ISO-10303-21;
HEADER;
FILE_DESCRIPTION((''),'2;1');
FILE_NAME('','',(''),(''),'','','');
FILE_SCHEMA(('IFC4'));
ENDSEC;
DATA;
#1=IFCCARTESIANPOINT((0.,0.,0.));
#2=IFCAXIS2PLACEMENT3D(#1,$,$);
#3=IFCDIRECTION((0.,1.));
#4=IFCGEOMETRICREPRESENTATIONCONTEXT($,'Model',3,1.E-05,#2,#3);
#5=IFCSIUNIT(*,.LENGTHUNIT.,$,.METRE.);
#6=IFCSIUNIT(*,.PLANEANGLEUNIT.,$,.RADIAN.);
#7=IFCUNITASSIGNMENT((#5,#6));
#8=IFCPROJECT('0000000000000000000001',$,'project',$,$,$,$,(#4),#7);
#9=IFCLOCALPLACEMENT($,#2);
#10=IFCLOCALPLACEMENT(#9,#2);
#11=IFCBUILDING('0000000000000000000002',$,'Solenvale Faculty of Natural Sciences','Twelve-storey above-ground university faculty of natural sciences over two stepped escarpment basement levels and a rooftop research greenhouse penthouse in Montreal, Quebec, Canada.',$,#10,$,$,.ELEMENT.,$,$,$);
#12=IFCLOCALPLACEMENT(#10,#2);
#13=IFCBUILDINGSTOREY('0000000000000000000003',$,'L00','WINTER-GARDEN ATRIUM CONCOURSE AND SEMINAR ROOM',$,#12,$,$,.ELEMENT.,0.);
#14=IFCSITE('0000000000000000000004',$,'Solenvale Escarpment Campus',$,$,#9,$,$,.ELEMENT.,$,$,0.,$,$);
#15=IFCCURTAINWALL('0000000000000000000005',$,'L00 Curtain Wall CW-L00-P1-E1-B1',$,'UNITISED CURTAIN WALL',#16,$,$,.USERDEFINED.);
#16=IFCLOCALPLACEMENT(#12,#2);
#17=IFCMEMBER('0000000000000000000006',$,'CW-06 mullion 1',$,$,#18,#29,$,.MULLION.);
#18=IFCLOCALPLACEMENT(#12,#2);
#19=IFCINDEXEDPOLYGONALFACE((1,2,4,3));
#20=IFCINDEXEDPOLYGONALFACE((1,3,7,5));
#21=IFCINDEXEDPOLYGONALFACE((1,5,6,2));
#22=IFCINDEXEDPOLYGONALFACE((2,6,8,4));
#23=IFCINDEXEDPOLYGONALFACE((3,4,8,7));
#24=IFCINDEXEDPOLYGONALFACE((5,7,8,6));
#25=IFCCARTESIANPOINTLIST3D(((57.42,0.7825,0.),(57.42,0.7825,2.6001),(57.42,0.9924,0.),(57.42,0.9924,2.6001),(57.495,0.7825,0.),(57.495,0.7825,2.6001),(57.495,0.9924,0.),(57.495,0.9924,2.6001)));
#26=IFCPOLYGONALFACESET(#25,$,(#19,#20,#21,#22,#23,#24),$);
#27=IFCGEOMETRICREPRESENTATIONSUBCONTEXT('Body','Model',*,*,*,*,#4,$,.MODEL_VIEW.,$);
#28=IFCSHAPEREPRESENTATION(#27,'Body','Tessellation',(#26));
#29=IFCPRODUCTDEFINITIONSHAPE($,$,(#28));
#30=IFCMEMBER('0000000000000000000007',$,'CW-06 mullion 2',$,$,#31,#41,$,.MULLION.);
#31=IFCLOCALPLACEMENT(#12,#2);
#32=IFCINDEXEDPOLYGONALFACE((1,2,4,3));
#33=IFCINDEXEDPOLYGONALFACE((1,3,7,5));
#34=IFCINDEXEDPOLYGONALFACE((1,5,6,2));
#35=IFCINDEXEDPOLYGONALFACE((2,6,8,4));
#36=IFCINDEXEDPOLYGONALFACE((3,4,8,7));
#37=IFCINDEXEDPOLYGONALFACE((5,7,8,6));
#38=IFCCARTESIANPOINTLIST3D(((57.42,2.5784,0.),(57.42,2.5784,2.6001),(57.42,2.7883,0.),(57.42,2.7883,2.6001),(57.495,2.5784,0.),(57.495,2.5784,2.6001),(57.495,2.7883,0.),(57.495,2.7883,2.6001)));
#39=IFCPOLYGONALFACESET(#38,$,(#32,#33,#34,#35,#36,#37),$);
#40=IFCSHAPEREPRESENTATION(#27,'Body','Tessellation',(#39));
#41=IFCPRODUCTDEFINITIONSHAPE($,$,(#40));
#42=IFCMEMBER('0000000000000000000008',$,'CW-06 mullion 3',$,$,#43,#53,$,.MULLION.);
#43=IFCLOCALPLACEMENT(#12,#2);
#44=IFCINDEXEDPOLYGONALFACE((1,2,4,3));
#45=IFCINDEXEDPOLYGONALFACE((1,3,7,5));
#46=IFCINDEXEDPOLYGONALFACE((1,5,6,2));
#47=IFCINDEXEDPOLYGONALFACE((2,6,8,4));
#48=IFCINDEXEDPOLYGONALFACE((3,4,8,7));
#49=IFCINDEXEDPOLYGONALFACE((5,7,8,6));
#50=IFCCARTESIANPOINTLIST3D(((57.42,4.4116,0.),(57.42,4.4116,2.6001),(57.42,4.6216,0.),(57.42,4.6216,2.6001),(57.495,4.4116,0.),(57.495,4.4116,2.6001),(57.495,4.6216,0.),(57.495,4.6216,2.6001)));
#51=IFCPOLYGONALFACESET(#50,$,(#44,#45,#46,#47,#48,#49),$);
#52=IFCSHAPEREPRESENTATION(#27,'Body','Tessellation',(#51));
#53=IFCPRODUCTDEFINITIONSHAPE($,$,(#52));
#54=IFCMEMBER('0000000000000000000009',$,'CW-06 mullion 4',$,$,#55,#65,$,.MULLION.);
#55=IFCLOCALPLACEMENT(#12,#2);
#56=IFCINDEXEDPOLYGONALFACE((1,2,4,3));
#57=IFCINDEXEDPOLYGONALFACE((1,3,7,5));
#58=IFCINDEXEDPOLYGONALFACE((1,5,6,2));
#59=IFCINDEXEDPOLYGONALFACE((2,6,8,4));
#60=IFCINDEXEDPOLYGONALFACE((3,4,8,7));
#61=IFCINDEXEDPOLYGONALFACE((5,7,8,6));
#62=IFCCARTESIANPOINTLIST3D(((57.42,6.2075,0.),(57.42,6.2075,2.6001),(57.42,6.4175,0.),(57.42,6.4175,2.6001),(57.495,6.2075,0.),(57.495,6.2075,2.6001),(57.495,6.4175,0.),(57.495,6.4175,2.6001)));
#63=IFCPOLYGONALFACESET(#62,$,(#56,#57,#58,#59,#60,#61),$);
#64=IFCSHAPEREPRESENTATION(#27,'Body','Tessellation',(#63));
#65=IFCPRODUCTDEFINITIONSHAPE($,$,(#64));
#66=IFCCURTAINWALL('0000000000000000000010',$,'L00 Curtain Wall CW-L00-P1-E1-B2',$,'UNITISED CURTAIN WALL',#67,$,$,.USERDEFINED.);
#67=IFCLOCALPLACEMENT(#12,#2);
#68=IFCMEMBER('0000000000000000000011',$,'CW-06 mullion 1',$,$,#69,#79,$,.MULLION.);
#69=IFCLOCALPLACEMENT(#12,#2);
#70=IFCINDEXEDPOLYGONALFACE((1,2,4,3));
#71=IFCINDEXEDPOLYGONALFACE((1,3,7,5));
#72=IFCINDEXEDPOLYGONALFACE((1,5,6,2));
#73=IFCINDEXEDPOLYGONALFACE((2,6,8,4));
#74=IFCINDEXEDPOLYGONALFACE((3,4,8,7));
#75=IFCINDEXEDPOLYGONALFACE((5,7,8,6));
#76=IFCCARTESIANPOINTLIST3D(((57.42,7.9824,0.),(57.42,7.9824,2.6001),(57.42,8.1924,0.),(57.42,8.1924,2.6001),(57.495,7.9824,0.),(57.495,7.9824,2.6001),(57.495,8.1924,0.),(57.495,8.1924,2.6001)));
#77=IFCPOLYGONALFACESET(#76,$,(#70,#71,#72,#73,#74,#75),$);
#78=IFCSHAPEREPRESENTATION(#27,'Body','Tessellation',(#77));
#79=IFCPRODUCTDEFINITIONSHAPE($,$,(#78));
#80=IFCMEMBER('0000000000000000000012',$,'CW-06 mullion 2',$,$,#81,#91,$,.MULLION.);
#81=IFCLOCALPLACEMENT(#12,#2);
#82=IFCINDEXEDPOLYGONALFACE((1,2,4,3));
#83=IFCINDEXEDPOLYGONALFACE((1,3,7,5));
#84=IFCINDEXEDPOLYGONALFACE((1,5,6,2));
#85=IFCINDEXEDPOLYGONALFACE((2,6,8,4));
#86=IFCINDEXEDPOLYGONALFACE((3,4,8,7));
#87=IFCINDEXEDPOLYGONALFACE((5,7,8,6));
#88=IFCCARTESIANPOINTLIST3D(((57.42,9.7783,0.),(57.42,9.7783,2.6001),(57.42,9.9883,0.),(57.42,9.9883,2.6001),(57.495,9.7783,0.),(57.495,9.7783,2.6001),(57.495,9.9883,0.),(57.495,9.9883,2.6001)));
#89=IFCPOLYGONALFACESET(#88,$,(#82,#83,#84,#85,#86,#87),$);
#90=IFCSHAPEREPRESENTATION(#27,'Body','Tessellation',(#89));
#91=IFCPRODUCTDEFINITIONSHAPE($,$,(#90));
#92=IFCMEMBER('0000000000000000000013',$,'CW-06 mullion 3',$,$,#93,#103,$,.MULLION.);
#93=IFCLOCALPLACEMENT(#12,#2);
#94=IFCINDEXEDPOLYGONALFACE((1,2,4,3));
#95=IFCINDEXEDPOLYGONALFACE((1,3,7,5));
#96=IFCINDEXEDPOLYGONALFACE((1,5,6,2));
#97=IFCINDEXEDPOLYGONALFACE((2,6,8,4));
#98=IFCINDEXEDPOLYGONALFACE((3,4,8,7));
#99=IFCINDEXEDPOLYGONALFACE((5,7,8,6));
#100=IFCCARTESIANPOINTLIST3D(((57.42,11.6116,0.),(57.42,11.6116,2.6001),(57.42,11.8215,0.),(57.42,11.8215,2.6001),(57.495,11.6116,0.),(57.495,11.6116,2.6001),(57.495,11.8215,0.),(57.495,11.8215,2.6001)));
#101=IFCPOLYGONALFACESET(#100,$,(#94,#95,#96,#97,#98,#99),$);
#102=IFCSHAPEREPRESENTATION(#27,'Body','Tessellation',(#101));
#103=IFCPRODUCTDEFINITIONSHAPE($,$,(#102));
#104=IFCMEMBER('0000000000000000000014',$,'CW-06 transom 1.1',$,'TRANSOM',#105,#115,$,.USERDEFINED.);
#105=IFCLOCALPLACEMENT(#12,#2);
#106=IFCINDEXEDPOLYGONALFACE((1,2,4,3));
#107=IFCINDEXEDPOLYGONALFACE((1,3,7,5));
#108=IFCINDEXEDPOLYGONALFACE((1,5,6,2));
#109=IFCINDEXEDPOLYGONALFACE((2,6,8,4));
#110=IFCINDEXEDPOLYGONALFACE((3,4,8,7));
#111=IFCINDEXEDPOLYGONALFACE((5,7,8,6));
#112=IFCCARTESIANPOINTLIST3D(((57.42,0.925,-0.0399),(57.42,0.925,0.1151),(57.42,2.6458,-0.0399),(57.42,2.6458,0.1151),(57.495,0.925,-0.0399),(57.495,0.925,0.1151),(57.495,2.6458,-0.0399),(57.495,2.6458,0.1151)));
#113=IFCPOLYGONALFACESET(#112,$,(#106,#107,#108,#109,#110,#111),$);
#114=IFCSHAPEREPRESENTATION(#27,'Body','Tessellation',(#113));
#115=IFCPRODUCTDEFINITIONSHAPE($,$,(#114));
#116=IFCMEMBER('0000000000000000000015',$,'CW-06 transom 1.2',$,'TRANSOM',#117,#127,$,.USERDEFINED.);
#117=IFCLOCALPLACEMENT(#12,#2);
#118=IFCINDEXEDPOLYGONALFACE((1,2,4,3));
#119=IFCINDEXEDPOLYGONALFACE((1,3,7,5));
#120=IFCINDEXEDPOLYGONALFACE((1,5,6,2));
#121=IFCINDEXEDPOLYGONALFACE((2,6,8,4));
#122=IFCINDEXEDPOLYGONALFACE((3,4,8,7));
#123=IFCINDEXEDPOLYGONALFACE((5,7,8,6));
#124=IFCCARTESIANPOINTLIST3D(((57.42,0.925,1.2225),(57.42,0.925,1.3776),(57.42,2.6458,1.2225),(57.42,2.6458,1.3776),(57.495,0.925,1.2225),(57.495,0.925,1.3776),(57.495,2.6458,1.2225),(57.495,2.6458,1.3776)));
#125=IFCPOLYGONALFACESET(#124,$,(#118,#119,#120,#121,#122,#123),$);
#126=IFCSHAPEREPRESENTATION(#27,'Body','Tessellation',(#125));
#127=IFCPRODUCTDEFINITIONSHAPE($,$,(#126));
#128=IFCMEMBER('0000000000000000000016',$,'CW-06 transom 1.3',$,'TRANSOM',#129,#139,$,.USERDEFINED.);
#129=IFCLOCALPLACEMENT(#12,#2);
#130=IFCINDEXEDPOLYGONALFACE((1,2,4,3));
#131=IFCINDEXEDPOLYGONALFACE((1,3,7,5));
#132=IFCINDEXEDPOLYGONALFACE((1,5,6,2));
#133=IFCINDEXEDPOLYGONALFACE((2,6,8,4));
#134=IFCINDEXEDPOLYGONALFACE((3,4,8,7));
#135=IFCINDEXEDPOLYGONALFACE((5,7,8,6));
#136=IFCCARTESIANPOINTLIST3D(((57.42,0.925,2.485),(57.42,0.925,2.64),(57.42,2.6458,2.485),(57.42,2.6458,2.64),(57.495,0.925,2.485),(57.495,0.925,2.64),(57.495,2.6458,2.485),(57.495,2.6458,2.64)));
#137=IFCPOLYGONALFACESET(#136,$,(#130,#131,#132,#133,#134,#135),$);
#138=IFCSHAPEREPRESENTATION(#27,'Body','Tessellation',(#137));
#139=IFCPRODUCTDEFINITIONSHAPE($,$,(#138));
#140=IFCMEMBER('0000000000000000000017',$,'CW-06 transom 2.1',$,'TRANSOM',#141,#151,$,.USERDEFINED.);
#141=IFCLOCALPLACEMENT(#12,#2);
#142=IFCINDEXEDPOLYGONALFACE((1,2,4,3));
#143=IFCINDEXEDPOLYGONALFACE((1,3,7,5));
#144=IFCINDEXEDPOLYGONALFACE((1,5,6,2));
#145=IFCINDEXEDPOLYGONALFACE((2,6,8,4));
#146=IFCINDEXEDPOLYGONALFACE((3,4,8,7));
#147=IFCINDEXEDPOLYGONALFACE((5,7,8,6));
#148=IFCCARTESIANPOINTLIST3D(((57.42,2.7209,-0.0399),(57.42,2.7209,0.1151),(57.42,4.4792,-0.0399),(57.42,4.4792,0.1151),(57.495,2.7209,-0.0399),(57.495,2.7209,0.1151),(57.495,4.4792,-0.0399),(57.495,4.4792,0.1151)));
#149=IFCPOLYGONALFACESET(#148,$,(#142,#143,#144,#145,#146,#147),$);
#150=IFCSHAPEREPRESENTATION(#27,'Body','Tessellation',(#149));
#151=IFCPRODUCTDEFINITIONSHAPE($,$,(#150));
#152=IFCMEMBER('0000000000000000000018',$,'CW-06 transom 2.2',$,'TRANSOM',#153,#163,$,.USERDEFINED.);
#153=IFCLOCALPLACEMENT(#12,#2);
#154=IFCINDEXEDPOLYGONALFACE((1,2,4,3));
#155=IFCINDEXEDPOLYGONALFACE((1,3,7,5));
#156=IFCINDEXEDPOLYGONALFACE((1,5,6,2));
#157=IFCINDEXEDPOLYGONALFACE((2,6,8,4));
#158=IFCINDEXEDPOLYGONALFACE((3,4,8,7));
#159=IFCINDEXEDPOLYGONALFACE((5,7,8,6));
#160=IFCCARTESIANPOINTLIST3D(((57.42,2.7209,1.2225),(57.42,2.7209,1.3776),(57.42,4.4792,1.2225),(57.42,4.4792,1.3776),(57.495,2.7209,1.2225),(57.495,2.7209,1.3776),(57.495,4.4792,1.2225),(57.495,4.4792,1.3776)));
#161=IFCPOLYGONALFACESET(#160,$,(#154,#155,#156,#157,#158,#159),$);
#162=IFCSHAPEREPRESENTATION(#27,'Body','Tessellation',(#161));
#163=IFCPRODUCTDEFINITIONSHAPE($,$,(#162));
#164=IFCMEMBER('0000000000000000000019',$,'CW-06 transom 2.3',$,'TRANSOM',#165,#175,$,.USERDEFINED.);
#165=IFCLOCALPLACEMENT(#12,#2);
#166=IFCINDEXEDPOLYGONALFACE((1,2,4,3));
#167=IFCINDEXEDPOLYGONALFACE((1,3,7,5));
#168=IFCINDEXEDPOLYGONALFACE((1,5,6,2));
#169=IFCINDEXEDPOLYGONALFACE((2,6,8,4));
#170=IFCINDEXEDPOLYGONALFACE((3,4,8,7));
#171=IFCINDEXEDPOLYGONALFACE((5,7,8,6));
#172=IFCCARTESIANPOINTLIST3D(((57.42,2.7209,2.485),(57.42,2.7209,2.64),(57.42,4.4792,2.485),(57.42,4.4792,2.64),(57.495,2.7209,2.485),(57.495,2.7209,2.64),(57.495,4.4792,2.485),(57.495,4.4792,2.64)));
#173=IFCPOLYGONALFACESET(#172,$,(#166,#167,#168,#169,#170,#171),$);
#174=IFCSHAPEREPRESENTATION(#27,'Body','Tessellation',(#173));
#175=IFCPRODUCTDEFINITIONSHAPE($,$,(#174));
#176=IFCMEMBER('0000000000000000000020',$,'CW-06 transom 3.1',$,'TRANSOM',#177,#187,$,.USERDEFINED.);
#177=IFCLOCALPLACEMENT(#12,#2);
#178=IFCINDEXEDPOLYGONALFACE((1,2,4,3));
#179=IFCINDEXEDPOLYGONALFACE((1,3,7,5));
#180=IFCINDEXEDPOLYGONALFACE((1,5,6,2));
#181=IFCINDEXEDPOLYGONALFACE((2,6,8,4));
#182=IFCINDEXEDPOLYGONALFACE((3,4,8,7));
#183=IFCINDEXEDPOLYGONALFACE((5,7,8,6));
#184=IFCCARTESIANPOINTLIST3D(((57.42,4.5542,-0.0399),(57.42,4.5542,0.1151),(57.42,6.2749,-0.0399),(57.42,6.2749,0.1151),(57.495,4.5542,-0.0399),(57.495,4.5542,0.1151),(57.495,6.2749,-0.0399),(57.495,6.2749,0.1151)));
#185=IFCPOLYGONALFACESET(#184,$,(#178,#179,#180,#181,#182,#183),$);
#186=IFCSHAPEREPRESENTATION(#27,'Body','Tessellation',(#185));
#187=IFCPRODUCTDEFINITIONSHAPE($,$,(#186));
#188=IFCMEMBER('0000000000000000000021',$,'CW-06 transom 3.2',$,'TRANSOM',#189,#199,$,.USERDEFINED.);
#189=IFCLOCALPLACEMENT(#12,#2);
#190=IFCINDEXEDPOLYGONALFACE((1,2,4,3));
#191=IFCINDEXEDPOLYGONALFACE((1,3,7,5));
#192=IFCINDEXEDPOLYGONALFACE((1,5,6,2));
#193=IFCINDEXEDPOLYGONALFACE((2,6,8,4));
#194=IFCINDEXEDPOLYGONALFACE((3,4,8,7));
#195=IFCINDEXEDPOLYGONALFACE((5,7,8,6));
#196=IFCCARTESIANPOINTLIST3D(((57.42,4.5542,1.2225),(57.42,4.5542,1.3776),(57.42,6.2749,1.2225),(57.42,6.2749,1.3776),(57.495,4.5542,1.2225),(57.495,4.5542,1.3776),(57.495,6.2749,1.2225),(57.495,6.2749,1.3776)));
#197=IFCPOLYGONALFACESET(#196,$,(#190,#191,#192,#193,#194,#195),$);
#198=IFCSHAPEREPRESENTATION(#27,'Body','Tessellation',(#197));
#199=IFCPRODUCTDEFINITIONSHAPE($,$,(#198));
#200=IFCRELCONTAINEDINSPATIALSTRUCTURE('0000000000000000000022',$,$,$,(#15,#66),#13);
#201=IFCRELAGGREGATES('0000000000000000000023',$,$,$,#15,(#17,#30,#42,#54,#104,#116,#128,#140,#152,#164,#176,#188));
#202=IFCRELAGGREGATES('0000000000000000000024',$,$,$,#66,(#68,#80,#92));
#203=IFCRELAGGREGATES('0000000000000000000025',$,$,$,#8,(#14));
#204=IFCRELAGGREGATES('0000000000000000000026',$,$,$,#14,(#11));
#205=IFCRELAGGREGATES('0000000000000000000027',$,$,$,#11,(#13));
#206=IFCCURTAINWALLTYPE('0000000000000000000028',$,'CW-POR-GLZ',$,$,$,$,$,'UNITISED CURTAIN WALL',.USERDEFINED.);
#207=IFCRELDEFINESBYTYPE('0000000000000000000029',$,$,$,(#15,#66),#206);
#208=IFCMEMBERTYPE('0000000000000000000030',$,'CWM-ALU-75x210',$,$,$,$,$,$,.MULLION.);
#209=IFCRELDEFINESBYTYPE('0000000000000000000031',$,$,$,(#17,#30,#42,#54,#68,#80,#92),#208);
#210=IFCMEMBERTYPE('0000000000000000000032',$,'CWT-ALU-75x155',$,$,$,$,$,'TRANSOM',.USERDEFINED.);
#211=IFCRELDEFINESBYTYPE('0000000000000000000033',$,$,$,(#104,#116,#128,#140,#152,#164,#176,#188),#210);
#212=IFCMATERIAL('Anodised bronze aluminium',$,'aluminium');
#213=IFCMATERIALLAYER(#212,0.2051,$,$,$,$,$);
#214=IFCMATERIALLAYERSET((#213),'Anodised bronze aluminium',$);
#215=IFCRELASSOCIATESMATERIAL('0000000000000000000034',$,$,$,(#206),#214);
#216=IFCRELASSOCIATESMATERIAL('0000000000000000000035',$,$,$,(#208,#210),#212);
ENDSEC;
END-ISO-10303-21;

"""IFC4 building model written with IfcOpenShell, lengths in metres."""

from ifc_helpers import new_model, si_unit, direction, frame, origin, origin_2d, place, context, subcontext, project, spatial, rectangle, extrude, material, layer, layer_set, material_profile, profile_set, type_object, element, aggregate, save


model = new_model("IFC4")

# Units and contexts
model_context = context("Model", 3, precision=1e-05, world=origin(), true_north=direction((0.0, 1.0)))
body_context = subcontext(model_context, "Body", "Model", "MODEL_VIEW")
ifc_project = project(units=[si_unit("LENGTHUNIT", "METRE"), si_unit("PLANEANGLEUNIT", "RADIAN")], contexts=[model_context])

# Site, building, storey
site_placement = place(None, origin())
site = spatial("IfcSite", under=ifc_project, at=site_placement, Name="Solenvale Escarpment Campus", CompositionType="ELEMENT", RefElevation=0.0)
building_placement = place(site_placement, origin())
building = spatial("IfcBuilding", under=site, at=building_placement, Name="Solenvale Faculty of Natural Sciences", Description="Twelve-storey above-ground university faculty of natural sciences over two stepped escarpment basement levels and a rooftop research greenhouse penthouse in Montreal, Quebec, Canada.", CompositionType="ELEMENT")
storey_placement = place(building_placement, origin())
storey = spatial("IfcBuildingStorey", under=building, at=storey_placement, Name="L00", Description="WINTER-GARDEN ATRIUM CONCOURSE AND SEMINAR ROOM", CompositionType="ELEMENT", Elevation=0.0)

# Curtain walls, members
ifc_material_1 = material(Name="Anodised bronze aluminium", Category="aluminium")
ifc_layer_1 = layer(ifc_material_1, 0.2051)
ifc_layer_set_1 = layer_set([ifc_layer_1], Name="Anodised bronze aluminium")
curtain_wall_type = type_object("IfcCurtainWallType", Name="CW-POR-GLZ", ElementType="UNITISED CURTAIN WALL", PredefinedType="USERDEFINED", material=ifc_layer_set_1)
curtain_wall_1_placement = place(storey_placement, origin())
curtain_wall_1 = element("IfcCurtainWall", 1, at=curtain_wall_1_placement, inside=storey, type_object=curtain_wall_type, Name="L00 Curtain Wall CW-L00-P1-E1-B1", ObjectType="UNITISED CURTAIN WALL", PredefinedType="USERDEFINED")
ifc_material_profile_1 = material_profile(ifc_material_1, rectangle(XDim=0.075, YDim=0.21, at=origin_2d()), Name="ALU-MUL-75x210")
ifc_profile_set_1 = profile_set([ifc_material_profile_1], Name="Anodised bronze aluminium")
member_type_1 = type_object("IfcMemberType", Name="CWM-ALU-75x210", PredefinedType="MULLION", material=ifc_profile_set_1)
member_1_placement = place(storey_placement, frame((57.4575, 0.8875, 0.0), z_axis=(0.0, 0.0, 1.0), x_axis=(-1.0, 0.0, 0.0)))
member_1 = element("IfcMember", 2, at=member_1_placement, type_object=member_type_1, Name="CW-06 mullion 1", PredefinedType="MULLION", context=body_context, shape_type="SweptSolid", body=[
    extrude(rectangle(XDim=0.075, YDim=0.21, at=origin_2d()), origin(), (0.0, 0.0, 1.0), 2.6001),
])
member_2_placement = place(storey_placement, frame((57.4575, 2.6833, 0.0), z_axis=(0.0, 0.0, 1.0), x_axis=(-1.0, 0.0, 0.0)))
member_2 = element("IfcMember", 3, at=member_2_placement, type_object=member_type_1, Name="CW-06 mullion 2", PredefinedType="MULLION", context=body_context, shape_type="SweptSolid", body=[
    extrude(rectangle(XDim=0.075, YDim=0.21, at=origin_2d()), origin(), (0.0, 0.0, 1.0), 2.6001),
])
member_3_placement = place(storey_placement, frame((57.4575, 4.5166, 0.0), z_axis=(0.0, 0.0, 1.0), x_axis=(-1.0, 0.0, 0.0)))
member_3 = element("IfcMember", 4, at=member_3_placement, type_object=member_type_1, Name="CW-06 mullion 3", PredefinedType="MULLION", context=body_context, shape_type="SweptSolid", body=[
    extrude(rectangle(XDim=0.075, YDim=0.21, at=origin_2d()), origin(), (0.0, 0.0, 1.0), 2.6001),
])
member_4_placement = place(storey_placement, frame((57.4575, 6.3125, 0.0), z_axis=(0.0, 0.0, 1.0), x_axis=(-1.0, 0.0, 0.0)))
member_4 = element("IfcMember", 5, at=member_4_placement, type_object=member_type_1, Name="CW-06 mullion 4", PredefinedType="MULLION", context=body_context, shape_type="SweptSolid", body=[
    extrude(rectangle(XDim=0.075, YDim=0.21, at=origin_2d()), origin(), (0.0, 0.0, 1.0), 2.6001),
])
curtain_wall_2_placement = place(storey_placement, origin())
curtain_wall_2 = element("IfcCurtainWall", 6, at=curtain_wall_2_placement, inside=storey, type_object=curtain_wall_type, Name="L00 Curtain Wall CW-L00-P1-E1-B2", ObjectType="UNITISED CURTAIN WALL", PredefinedType="USERDEFINED")
member_5_placement = place(storey_placement, frame((57.4575, 8.0874, 0.0), z_axis=(0.0, 0.0, 1.0), x_axis=(-1.0, 0.0, 0.0)))
member_5 = element("IfcMember", 7, at=member_5_placement, type_object=member_type_1, Name="CW-06 mullion 1", PredefinedType="MULLION", context=body_context, shape_type="SweptSolid", body=[
    extrude(rectangle(XDim=0.075, YDim=0.21, at=origin_2d()), origin(), (0.0, 0.0, 1.0), 2.6001),
])
member_6_placement = place(storey_placement, frame((57.4575, 9.8833, 0.0), z_axis=(0.0, 0.0, 1.0), x_axis=(-1.0, 0.0, 0.0)))
member_6 = element("IfcMember", 8, at=member_6_placement, type_object=member_type_1, Name="CW-06 mullion 2", PredefinedType="MULLION", context=body_context, shape_type="SweptSolid", body=[
    extrude(rectangle(XDim=0.075, YDim=0.21, at=origin_2d()), origin(), (0.0, 0.0, 1.0), 2.6001),
])
member_7_placement = place(storey_placement, frame((57.4575, 11.7166, 0.0), z_axis=(0.0, 0.0, 1.0), x_axis=(-1.0, 0.0, 0.0)))
member_7 = element("IfcMember", 9, at=member_7_placement, type_object=member_type_1, Name="CW-06 mullion 3", PredefinedType="MULLION", context=body_context, shape_type="SweptSolid", body=[
    extrude(rectangle(XDim=0.075, YDim=0.21, at=origin_2d()), origin(), (0.0, 0.0, 1.0), 2.6001),
])

# Members
ifc_material_profile_2 = material_profile(ifc_material_1, rectangle(XDim=0.075, YDim=0.155, at=origin_2d()), Name="ALU-TRN-75x155")
ifc_profile_set_2 = profile_set([ifc_material_profile_2], Name="Anodised bronze aluminium")
member_type_2 = type_object("IfcMemberType", Name="CWT-ALU-75x155", ElementType="TRANSOM", PredefinedType="USERDEFINED", material=ifc_profile_set_2)
member_8_placement = place(storey_placement, frame((57.4575, 0.925, 0.0376), z_axis=(0.0, 1.0, 0.0), x_axis=(-1.0, 0.0, 0.0)))
member_8 = element("IfcMember", 10, at=member_8_placement, type_object=member_type_2, Name="CW-06 transom 1.1", ObjectType="TRANSOM", PredefinedType="USERDEFINED", context=body_context, shape_type="SweptSolid", body=[
    extrude(rectangle(XDim=0.075, YDim=0.155, at=origin_2d()), origin(), (0.0, 0.0, 1.0), 1.7207),
])
member_9_placement = place(storey_placement, frame((57.4575, 0.925, 1.3), z_axis=(0.0, 1.0, 0.0), x_axis=(-1.0, 0.0, 0.0)))
member_9 = element("IfcMember", 11, at=member_9_placement, type_object=member_type_2, Name="CW-06 transom 1.2", ObjectType="TRANSOM", PredefinedType="USERDEFINED", context=body_context, shape_type="SweptSolid", body=[
    extrude(rectangle(XDim=0.075, YDim=0.155, at=origin_2d()), origin(), (0.0, 0.0, 1.0), 1.7207),
])
member_10_placement = place(storey_placement, frame((57.4575, 0.925, 2.5625), z_axis=(0.0, 1.0, 0.0), x_axis=(-1.0, 0.0, 0.0)))
member_10 = element("IfcMember", 12, at=member_10_placement, type_object=member_type_2, Name="CW-06 transom 1.3", ObjectType="TRANSOM", PredefinedType="USERDEFINED", context=body_context, shape_type="SweptSolid", body=[
    extrude(rectangle(XDim=0.075, YDim=0.155, at=origin_2d()), origin(), (0.0, 0.0, 1.0), 1.7207),
])
member_11_placement = place(storey_placement, frame((57.4575, 2.7209, 0.0376), z_axis=(0.0, 1.0, 0.0), x_axis=(-1.0, 0.0, 0.0)))
member_11 = element("IfcMember", 13, at=member_11_placement, type_object=member_type_2, Name="CW-06 transom 2.1", ObjectType="TRANSOM", PredefinedType="USERDEFINED", context=body_context, shape_type="SweptSolid", body=[
    extrude(rectangle(XDim=0.075, YDim=0.155, at=origin_2d()), origin(), (0.0, 0.0, 1.0), 1.7583),
])
member_12_placement = place(storey_placement, frame((57.4575, 2.7209, 1.3), z_axis=(0.0, 1.0, 0.0), x_axis=(-1.0, 0.0, 0.0)))
member_12 = element("IfcMember", 14, at=member_12_placement, type_object=member_type_2, Name="CW-06 transom 2.2", ObjectType="TRANSOM", PredefinedType="USERDEFINED", context=body_context, shape_type="SweptSolid", body=[
    extrude(rectangle(XDim=0.075, YDim=0.155, at=origin_2d()), origin(), (0.0, 0.0, 1.0), 1.7583),
])
member_13_placement = place(storey_placement, frame((57.4575, 2.7209, 2.5625), z_axis=(0.0, 1.0, 0.0), x_axis=(-1.0, 0.0, 0.0)))
member_13 = element("IfcMember", 15, at=member_13_placement, type_object=member_type_2, Name="CW-06 transom 2.3", ObjectType="TRANSOM", PredefinedType="USERDEFINED", context=body_context, shape_type="SweptSolid", body=[
    extrude(rectangle(XDim=0.075, YDim=0.155, at=origin_2d()), origin(), (0.0, 0.0, 1.0), 1.7583),
])
member_14_placement = place(storey_placement, frame((57.4575, 4.5542, 0.0376), z_axis=(0.0, 1.0, 0.0), x_axis=(-1.0, 0.0, 0.0)))
member_14 = element("IfcMember", 16, at=member_14_placement, type_object=member_type_2, Name="CW-06 transom 3.1", ObjectType="TRANSOM", PredefinedType="USERDEFINED", context=body_context, shape_type="SweptSolid", body=[
    extrude(rectangle(XDim=0.075, YDim=0.155, at=origin_2d()), origin(), (0.0, 0.0, 1.0), 1.7207),
])
member_15_placement = place(storey_placement, frame((57.4575, 4.5542, 1.3), z_axis=(0.0, 1.0, 0.0), x_axis=(-1.0, 0.0, 0.0)))
member_15 = element("IfcMember", 17, at=member_15_placement, type_object=member_type_2, Name="CW-06 transom 3.2", ObjectType="TRANSOM", PredefinedType="USERDEFINED", context=body_context, shape_type="SweptSolid", body=[
    extrude(rectangle(XDim=0.075, YDim=0.155, at=origin_2d()), origin(), (0.0, 0.0, 1.0), 1.7207),
])

aggregate(curtain_wall_1, [member_1, member_2, member_3, member_4, member_8, member_9, member_10, member_11, member_12, member_13, member_14, member_15])
aggregate(curtain_wall_2, [member_5, member_6, member_7])

save(model, "model.ifc")
